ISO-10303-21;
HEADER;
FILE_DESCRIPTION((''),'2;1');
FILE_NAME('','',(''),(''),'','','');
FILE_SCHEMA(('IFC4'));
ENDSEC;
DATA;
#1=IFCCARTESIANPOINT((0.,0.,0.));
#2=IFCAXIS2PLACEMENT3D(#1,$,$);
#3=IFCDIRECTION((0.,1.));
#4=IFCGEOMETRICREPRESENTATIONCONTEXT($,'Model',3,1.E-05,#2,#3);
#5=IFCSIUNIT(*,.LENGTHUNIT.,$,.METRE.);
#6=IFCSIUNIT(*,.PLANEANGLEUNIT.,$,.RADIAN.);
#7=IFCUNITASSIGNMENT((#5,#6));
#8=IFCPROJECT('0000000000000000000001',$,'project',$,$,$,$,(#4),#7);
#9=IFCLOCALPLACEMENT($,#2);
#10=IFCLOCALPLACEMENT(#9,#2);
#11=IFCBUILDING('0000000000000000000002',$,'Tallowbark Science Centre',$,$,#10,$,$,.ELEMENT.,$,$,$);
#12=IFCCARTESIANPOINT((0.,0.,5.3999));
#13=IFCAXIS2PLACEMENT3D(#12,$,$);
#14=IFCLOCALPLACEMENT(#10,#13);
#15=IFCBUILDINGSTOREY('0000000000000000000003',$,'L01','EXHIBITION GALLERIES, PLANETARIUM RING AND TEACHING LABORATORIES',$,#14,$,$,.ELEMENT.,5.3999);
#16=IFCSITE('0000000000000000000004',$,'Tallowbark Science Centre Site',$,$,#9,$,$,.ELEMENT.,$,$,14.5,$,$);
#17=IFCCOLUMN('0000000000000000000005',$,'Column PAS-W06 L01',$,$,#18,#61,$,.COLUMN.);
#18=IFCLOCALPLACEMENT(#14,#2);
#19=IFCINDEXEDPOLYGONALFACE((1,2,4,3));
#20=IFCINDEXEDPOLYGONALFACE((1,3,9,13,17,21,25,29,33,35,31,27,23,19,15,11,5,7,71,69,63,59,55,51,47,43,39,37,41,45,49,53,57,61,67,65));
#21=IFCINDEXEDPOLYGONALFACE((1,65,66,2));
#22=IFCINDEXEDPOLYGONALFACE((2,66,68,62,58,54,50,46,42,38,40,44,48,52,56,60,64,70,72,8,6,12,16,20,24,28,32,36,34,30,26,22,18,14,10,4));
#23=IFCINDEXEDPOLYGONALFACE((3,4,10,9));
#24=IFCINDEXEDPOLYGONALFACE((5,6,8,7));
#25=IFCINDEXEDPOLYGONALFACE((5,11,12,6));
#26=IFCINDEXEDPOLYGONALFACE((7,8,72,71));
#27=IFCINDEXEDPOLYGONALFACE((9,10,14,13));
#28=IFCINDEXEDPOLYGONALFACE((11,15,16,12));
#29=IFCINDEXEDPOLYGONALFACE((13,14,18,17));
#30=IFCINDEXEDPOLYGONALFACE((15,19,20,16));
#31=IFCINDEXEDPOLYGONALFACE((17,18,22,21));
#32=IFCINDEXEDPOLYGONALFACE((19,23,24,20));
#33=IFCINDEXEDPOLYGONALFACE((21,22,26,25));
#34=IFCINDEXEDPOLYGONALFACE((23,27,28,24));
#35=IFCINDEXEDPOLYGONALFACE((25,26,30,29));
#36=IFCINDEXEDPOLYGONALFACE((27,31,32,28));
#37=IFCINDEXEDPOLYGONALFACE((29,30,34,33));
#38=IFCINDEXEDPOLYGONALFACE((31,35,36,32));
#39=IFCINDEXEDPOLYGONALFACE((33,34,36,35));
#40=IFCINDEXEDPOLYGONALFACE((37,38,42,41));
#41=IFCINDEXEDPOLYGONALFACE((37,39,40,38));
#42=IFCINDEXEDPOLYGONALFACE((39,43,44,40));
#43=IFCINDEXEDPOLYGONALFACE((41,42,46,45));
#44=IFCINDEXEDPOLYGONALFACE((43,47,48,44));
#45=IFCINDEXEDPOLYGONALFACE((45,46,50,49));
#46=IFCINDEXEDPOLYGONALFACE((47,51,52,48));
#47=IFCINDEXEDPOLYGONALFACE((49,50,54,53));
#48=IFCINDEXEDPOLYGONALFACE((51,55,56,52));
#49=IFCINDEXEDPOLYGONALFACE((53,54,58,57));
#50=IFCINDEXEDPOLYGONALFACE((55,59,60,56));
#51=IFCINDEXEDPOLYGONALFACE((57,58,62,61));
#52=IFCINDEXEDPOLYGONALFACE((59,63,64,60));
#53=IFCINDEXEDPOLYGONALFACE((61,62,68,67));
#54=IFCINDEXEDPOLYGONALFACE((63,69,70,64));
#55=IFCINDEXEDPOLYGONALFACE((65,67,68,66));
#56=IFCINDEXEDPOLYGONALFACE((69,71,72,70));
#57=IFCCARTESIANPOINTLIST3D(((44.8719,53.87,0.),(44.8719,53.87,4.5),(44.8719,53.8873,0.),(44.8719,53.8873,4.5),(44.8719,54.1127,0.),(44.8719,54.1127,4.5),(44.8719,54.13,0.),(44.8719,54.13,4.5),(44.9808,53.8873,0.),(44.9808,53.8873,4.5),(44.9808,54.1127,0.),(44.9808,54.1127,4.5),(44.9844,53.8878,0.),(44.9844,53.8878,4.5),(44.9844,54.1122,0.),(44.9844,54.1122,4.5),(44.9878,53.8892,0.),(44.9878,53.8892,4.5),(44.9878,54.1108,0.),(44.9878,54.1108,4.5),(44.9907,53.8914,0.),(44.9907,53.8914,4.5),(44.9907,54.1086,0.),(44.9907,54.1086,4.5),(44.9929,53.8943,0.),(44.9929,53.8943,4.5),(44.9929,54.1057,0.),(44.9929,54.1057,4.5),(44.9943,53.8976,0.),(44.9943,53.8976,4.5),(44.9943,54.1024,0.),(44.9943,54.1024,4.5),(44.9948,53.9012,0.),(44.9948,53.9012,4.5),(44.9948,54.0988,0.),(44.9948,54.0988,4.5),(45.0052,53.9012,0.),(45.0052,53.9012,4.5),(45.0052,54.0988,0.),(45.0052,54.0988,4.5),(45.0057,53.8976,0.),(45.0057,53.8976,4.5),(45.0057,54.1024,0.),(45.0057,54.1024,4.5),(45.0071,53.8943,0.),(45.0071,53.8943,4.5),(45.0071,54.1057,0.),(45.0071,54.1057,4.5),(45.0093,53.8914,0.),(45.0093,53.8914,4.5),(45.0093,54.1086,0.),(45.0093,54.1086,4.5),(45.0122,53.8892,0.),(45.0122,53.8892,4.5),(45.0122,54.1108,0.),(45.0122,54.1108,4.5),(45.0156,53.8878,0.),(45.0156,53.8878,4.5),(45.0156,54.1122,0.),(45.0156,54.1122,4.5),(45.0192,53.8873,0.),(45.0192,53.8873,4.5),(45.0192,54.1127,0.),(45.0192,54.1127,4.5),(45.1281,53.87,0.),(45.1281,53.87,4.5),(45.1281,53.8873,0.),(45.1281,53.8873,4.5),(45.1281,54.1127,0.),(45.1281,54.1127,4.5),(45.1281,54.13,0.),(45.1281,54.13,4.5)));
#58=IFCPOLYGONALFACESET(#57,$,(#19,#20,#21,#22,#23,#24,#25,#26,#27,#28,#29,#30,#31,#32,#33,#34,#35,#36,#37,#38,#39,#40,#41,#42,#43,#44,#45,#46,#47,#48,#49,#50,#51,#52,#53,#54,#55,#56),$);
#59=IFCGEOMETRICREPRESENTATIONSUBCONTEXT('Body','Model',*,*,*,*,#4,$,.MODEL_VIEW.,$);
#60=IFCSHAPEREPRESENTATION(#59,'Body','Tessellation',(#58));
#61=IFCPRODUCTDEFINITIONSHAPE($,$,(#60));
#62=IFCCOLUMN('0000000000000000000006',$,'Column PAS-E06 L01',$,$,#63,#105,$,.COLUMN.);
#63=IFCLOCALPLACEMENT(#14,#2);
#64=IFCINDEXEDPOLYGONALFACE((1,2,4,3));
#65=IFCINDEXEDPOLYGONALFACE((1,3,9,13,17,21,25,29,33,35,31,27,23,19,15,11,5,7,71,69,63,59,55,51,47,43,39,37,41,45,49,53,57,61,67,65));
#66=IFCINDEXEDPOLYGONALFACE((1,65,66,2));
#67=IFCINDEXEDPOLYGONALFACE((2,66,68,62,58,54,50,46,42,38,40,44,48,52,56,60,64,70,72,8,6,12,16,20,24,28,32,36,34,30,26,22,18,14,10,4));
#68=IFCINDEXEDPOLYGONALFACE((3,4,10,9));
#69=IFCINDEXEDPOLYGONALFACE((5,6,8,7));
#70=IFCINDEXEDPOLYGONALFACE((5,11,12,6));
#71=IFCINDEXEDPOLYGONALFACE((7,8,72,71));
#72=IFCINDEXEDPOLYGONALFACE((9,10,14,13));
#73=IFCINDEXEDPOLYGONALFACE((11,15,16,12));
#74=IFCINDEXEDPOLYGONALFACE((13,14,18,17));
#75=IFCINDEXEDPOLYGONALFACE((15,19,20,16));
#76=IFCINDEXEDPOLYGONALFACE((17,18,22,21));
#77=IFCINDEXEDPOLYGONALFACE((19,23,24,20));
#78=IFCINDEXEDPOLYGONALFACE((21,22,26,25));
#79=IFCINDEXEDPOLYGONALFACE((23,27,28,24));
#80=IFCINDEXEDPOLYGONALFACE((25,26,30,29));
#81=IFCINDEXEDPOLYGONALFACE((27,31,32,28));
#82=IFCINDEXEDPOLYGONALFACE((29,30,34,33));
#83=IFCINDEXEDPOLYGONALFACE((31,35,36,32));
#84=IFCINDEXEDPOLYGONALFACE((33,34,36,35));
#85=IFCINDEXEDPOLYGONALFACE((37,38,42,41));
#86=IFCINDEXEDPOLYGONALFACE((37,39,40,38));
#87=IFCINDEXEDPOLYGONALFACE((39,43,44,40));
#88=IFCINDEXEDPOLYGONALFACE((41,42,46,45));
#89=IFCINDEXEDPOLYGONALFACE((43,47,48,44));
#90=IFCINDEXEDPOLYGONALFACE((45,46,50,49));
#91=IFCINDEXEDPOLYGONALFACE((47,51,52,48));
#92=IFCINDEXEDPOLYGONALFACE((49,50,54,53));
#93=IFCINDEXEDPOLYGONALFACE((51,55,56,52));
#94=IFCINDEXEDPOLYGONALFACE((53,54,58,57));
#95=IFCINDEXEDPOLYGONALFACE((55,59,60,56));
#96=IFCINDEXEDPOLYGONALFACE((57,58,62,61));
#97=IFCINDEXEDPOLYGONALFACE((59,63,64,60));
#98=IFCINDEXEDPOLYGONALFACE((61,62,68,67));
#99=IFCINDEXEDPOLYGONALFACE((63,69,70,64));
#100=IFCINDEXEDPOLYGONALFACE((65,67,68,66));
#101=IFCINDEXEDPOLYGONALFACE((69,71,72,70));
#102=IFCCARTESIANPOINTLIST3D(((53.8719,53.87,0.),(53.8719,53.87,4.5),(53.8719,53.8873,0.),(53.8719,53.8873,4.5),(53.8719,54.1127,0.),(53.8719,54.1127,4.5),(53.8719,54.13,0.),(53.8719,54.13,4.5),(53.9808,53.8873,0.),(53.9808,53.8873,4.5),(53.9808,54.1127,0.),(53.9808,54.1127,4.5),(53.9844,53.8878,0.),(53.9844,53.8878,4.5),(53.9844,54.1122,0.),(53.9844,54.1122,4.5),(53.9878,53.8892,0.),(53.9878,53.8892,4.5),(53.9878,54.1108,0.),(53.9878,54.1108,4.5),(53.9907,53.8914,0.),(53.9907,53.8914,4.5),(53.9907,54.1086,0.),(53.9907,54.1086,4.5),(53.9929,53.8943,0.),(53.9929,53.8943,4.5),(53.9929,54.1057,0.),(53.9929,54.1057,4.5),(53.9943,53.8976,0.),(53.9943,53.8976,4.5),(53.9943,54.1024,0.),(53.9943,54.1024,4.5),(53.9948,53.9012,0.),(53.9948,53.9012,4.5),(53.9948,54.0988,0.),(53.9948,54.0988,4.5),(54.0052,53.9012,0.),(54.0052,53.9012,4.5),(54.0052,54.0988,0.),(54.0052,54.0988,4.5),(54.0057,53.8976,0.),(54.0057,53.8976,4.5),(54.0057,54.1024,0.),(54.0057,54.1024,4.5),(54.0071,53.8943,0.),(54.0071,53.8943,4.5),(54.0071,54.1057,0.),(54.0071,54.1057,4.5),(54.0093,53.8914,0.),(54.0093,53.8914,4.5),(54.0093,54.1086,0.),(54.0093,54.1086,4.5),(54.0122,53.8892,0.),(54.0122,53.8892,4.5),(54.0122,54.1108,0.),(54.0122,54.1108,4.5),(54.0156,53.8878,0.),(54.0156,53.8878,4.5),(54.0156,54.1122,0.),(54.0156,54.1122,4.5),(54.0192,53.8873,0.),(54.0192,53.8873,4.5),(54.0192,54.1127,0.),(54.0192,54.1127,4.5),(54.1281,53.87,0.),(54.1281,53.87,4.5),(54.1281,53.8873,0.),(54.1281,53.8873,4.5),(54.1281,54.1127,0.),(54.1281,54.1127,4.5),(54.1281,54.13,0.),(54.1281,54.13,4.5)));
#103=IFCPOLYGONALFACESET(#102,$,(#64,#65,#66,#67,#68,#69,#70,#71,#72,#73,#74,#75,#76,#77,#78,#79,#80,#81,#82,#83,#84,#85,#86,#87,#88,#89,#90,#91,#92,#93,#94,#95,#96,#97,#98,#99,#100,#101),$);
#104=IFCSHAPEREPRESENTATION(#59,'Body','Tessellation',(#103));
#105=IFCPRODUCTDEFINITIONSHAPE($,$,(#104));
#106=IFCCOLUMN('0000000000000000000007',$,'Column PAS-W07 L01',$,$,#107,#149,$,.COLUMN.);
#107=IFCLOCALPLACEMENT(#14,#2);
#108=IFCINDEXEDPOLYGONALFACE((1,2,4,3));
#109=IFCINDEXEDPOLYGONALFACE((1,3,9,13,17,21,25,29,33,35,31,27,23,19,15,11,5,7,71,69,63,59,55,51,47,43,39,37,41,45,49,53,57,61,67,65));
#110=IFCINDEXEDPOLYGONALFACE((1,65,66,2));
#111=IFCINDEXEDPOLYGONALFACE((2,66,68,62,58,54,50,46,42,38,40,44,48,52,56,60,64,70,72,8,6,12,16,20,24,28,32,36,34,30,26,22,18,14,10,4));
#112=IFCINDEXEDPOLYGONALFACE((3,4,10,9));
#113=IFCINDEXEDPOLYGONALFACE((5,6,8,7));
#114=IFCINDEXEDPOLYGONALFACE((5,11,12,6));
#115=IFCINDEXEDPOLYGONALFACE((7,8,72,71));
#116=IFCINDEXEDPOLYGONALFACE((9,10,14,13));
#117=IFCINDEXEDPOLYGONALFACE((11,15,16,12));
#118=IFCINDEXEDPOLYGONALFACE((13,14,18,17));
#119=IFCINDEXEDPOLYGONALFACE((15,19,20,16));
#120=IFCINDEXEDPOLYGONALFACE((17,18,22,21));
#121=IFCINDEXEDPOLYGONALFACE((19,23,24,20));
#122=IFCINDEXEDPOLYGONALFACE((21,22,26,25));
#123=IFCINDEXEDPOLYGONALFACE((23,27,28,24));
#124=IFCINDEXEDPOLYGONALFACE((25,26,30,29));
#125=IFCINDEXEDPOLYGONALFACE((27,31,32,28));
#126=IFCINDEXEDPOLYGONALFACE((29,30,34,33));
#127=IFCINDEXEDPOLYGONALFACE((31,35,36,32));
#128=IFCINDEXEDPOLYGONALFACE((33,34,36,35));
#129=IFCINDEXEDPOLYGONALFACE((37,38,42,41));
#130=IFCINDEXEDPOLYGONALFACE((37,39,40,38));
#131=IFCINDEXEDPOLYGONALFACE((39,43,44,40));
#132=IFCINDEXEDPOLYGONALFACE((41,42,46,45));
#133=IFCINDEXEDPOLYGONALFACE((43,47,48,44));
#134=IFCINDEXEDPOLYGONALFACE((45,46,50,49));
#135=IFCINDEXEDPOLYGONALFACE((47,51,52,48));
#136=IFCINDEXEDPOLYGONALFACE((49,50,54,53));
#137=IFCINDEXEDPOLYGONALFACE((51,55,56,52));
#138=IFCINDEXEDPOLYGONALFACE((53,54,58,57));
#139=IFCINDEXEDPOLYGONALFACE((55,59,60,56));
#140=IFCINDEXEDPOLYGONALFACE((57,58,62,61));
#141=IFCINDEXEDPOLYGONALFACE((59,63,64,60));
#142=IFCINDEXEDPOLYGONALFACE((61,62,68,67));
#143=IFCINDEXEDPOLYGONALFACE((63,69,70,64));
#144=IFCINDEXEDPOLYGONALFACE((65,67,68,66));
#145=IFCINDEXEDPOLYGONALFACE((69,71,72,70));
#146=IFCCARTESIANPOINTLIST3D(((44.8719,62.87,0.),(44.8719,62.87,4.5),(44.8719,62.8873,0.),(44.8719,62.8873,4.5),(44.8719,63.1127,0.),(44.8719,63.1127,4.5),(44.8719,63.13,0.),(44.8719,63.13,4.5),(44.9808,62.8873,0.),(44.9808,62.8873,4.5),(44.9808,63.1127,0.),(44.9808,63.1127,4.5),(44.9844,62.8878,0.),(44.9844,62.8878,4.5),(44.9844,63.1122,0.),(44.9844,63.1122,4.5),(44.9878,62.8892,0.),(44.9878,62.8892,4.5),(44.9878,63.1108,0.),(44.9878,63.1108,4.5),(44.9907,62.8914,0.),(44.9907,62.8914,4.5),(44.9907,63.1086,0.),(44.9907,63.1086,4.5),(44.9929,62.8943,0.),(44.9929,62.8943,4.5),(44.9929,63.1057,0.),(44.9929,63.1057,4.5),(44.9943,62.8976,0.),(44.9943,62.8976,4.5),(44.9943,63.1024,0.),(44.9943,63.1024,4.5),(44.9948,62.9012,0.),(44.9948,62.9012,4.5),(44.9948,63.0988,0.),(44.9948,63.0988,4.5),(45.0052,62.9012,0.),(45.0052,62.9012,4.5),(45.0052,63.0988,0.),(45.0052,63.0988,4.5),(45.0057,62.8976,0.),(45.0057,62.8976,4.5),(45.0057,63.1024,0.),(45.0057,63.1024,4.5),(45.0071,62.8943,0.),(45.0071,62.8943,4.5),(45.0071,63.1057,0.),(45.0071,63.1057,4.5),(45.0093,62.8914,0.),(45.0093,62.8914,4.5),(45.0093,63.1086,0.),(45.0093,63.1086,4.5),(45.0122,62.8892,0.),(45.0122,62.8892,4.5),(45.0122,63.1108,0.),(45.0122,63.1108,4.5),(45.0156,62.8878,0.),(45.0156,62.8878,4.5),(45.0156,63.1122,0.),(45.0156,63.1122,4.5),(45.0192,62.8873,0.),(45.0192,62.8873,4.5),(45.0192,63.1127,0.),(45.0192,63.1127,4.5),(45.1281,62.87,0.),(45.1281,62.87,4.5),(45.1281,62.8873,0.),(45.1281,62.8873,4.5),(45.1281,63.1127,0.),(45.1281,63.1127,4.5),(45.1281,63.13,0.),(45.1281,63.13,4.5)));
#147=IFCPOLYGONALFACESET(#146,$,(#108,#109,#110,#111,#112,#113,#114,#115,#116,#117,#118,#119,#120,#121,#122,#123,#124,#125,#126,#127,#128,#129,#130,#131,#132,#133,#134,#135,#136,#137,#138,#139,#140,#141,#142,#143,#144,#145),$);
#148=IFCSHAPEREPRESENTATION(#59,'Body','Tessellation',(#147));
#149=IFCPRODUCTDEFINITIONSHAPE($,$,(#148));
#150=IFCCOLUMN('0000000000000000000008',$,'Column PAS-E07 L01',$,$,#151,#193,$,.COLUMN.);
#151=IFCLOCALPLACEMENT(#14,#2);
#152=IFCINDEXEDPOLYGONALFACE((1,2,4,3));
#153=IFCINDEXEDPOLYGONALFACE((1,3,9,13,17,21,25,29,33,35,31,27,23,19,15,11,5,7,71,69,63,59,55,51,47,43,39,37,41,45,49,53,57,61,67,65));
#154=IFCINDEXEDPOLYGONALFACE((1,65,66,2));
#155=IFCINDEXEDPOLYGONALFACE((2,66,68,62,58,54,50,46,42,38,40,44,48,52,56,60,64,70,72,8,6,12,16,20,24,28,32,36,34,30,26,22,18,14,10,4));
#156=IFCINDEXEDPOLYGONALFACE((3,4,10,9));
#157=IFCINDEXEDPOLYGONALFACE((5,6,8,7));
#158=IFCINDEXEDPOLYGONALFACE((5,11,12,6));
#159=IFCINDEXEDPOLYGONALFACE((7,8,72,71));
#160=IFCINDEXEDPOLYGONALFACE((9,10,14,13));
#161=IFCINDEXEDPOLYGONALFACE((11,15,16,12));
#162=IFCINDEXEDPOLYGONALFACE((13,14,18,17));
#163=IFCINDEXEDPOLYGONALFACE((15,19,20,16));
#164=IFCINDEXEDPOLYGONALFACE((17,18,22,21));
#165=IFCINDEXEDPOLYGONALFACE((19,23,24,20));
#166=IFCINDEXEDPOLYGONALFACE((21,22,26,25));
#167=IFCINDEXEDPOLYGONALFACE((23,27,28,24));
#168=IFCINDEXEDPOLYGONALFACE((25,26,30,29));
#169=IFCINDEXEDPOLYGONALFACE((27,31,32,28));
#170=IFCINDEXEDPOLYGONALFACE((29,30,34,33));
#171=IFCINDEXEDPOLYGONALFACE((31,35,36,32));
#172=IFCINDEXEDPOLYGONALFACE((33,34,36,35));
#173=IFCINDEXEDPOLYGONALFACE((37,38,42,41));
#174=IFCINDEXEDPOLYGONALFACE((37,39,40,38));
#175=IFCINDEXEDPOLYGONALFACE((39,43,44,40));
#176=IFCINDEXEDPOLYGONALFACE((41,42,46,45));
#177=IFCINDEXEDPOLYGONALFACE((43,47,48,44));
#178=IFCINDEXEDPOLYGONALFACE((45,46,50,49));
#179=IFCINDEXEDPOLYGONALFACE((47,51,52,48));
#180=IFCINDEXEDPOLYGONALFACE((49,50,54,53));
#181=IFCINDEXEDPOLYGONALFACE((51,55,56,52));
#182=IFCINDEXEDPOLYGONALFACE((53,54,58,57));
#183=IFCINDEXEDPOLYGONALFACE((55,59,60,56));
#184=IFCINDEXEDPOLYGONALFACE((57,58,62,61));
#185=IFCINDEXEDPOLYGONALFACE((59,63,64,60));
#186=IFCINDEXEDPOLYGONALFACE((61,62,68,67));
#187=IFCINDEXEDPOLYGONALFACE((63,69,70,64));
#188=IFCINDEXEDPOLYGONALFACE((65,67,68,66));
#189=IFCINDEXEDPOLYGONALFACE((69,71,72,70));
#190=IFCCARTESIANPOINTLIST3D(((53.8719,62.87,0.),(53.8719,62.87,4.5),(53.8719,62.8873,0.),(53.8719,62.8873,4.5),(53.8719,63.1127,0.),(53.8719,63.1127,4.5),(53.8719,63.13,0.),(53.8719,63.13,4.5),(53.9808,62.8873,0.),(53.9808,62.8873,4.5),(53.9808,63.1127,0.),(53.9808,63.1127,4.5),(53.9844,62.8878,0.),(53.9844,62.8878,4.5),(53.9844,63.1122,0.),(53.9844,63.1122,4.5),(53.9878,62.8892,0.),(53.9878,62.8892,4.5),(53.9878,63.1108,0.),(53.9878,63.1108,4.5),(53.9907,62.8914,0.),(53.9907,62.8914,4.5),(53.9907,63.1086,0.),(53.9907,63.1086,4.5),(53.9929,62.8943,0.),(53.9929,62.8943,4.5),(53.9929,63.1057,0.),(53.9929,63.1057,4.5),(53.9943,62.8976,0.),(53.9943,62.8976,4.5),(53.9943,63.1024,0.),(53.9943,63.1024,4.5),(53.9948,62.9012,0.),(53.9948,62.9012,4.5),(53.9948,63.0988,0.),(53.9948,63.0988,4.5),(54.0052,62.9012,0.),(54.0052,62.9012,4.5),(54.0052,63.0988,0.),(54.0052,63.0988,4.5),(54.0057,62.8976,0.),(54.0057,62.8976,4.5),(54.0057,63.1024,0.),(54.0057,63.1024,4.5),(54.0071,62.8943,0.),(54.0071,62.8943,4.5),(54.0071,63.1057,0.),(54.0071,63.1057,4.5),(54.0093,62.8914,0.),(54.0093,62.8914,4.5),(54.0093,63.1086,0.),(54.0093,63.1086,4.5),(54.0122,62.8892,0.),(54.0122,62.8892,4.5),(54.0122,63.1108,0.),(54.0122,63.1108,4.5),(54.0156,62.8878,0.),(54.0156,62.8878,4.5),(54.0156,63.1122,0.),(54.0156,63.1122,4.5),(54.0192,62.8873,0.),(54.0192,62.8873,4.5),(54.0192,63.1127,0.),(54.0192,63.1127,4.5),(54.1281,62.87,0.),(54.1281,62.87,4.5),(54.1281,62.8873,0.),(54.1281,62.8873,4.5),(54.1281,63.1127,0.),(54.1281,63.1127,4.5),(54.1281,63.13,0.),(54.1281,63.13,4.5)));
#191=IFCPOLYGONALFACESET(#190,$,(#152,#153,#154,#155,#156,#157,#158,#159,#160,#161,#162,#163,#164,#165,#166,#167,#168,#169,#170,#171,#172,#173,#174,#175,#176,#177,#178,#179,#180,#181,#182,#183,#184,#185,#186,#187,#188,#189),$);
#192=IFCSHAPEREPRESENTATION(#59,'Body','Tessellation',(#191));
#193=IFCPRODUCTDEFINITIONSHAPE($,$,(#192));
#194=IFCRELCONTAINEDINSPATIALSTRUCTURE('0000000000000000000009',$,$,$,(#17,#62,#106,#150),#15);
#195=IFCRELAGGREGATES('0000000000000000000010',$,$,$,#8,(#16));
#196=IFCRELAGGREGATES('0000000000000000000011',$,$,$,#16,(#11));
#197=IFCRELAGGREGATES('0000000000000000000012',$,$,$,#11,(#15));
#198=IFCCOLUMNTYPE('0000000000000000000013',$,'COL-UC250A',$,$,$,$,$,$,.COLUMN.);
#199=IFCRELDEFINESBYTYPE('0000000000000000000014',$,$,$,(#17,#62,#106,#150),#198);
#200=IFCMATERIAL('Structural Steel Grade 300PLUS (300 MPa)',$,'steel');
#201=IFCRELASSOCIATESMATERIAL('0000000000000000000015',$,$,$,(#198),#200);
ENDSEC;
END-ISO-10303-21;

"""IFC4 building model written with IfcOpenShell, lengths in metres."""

from ifc_helpers import new_model, si_unit, direction, frame, origin, origin_2d, place, context, subcontext, project, spatial, i_section, extrude, material, material_profile, profile_set, type_object, element, save


model = new_model("IFC4")

# Units and contexts
model_context = context("Model", 3, precision=1e-05, world=origin(), true_north=direction((0.0, 1.0)))
body_context = subcontext(model_context, "Body", "Model", "MODEL_VIEW")
ifc_project = project(units=[si_unit("LENGTHUNIT", "METRE"), si_unit("PLANEANGLEUNIT", "RADIAN")], contexts=[model_context])

# Site, building, storey
site_placement = place(None, origin())
site = spatial("IfcSite", under=ifc_project, at=site_placement, Name="Tallowbark Science Centre Site", CompositionType="ELEMENT", RefElevation=14.5)
building_placement = place(site_placement, origin())
building = spatial("IfcBuilding", under=site, at=building_placement, Name="Tallowbark Science Centre", CompositionType="ELEMENT")
storey_placement = place(building_placement, frame((0.0, 0.0, 5.3999)))
storey = spatial("IfcBuildingStorey", under=building, at=storey_placement, Name="L01", Description="EXHIBITION GALLERIES, PLANETARIUM RING AND TEACHING LABORATORIES", CompositionType="ELEMENT", Elevation=5.3999)

# Columns
ifc_material_1 = material(Name="Structural Steel Grade 300PLUS (300 MPa)", Category="steel")
ifc_material_profile_1 = material_profile(ifc_material_1, i_section(OverallWidth=0.2561, OverallDepth=0.26, WebThickness=0.0105, FlangeThickness=0.0173, FilletRadius=0.0139, at=origin_2d()), Name="250UC89.5")
ifc_profile_set_1 = profile_set([ifc_material_profile_1], Name="Structural Steel Grade 300PLUS (300 MPa)")
column_type_1 = type_object("IfcColumnType", Name="COL-UC250A", PredefinedType="COLUMN", material=ifc_profile_set_1)
for number, where, z_axis, x_axis, name in (
    (1, (45.0, 54.0, 0.0), (0.0, 0.0, 1.0), (1.0, 0.0, 0.0), "Column PAS-W06 L01"),
    (2, (54.0, 54.0, 0.0), (0.0, 0.0, 1.0), (1.0, 0.0, 0.0), "Column PAS-E06 L01"),
    (3, (45.0, 63.0, 0.0), (0.0, 0.0, 1.0), (1.0, 0.0, 0.0), "Column PAS-W07 L01"),
    (4, (54.0, 63.0, 0.0), (0.0, 0.0, 1.0), (1.0, 0.0, 0.0), "Column PAS-E07 L01"),
):
    element("IfcColumn", number, at=place(storey_placement, frame(where, z_axis=z_axis, x_axis=x_axis)), inside=storey, type_object=column_type_1, Name=name, PredefinedType="COLUMN", context=body_context, shape_type="SweptSolid", body=[
        extrude(i_section(OverallWidth=0.2561, OverallDepth=0.26, WebThickness=0.0105, FlangeThickness=0.0173, FilletRadius=0.0139, at=origin_2d()), origin(), (0.0, 0.0, 1.0), 4.5),
    ])

save(model, "model.ifc")
